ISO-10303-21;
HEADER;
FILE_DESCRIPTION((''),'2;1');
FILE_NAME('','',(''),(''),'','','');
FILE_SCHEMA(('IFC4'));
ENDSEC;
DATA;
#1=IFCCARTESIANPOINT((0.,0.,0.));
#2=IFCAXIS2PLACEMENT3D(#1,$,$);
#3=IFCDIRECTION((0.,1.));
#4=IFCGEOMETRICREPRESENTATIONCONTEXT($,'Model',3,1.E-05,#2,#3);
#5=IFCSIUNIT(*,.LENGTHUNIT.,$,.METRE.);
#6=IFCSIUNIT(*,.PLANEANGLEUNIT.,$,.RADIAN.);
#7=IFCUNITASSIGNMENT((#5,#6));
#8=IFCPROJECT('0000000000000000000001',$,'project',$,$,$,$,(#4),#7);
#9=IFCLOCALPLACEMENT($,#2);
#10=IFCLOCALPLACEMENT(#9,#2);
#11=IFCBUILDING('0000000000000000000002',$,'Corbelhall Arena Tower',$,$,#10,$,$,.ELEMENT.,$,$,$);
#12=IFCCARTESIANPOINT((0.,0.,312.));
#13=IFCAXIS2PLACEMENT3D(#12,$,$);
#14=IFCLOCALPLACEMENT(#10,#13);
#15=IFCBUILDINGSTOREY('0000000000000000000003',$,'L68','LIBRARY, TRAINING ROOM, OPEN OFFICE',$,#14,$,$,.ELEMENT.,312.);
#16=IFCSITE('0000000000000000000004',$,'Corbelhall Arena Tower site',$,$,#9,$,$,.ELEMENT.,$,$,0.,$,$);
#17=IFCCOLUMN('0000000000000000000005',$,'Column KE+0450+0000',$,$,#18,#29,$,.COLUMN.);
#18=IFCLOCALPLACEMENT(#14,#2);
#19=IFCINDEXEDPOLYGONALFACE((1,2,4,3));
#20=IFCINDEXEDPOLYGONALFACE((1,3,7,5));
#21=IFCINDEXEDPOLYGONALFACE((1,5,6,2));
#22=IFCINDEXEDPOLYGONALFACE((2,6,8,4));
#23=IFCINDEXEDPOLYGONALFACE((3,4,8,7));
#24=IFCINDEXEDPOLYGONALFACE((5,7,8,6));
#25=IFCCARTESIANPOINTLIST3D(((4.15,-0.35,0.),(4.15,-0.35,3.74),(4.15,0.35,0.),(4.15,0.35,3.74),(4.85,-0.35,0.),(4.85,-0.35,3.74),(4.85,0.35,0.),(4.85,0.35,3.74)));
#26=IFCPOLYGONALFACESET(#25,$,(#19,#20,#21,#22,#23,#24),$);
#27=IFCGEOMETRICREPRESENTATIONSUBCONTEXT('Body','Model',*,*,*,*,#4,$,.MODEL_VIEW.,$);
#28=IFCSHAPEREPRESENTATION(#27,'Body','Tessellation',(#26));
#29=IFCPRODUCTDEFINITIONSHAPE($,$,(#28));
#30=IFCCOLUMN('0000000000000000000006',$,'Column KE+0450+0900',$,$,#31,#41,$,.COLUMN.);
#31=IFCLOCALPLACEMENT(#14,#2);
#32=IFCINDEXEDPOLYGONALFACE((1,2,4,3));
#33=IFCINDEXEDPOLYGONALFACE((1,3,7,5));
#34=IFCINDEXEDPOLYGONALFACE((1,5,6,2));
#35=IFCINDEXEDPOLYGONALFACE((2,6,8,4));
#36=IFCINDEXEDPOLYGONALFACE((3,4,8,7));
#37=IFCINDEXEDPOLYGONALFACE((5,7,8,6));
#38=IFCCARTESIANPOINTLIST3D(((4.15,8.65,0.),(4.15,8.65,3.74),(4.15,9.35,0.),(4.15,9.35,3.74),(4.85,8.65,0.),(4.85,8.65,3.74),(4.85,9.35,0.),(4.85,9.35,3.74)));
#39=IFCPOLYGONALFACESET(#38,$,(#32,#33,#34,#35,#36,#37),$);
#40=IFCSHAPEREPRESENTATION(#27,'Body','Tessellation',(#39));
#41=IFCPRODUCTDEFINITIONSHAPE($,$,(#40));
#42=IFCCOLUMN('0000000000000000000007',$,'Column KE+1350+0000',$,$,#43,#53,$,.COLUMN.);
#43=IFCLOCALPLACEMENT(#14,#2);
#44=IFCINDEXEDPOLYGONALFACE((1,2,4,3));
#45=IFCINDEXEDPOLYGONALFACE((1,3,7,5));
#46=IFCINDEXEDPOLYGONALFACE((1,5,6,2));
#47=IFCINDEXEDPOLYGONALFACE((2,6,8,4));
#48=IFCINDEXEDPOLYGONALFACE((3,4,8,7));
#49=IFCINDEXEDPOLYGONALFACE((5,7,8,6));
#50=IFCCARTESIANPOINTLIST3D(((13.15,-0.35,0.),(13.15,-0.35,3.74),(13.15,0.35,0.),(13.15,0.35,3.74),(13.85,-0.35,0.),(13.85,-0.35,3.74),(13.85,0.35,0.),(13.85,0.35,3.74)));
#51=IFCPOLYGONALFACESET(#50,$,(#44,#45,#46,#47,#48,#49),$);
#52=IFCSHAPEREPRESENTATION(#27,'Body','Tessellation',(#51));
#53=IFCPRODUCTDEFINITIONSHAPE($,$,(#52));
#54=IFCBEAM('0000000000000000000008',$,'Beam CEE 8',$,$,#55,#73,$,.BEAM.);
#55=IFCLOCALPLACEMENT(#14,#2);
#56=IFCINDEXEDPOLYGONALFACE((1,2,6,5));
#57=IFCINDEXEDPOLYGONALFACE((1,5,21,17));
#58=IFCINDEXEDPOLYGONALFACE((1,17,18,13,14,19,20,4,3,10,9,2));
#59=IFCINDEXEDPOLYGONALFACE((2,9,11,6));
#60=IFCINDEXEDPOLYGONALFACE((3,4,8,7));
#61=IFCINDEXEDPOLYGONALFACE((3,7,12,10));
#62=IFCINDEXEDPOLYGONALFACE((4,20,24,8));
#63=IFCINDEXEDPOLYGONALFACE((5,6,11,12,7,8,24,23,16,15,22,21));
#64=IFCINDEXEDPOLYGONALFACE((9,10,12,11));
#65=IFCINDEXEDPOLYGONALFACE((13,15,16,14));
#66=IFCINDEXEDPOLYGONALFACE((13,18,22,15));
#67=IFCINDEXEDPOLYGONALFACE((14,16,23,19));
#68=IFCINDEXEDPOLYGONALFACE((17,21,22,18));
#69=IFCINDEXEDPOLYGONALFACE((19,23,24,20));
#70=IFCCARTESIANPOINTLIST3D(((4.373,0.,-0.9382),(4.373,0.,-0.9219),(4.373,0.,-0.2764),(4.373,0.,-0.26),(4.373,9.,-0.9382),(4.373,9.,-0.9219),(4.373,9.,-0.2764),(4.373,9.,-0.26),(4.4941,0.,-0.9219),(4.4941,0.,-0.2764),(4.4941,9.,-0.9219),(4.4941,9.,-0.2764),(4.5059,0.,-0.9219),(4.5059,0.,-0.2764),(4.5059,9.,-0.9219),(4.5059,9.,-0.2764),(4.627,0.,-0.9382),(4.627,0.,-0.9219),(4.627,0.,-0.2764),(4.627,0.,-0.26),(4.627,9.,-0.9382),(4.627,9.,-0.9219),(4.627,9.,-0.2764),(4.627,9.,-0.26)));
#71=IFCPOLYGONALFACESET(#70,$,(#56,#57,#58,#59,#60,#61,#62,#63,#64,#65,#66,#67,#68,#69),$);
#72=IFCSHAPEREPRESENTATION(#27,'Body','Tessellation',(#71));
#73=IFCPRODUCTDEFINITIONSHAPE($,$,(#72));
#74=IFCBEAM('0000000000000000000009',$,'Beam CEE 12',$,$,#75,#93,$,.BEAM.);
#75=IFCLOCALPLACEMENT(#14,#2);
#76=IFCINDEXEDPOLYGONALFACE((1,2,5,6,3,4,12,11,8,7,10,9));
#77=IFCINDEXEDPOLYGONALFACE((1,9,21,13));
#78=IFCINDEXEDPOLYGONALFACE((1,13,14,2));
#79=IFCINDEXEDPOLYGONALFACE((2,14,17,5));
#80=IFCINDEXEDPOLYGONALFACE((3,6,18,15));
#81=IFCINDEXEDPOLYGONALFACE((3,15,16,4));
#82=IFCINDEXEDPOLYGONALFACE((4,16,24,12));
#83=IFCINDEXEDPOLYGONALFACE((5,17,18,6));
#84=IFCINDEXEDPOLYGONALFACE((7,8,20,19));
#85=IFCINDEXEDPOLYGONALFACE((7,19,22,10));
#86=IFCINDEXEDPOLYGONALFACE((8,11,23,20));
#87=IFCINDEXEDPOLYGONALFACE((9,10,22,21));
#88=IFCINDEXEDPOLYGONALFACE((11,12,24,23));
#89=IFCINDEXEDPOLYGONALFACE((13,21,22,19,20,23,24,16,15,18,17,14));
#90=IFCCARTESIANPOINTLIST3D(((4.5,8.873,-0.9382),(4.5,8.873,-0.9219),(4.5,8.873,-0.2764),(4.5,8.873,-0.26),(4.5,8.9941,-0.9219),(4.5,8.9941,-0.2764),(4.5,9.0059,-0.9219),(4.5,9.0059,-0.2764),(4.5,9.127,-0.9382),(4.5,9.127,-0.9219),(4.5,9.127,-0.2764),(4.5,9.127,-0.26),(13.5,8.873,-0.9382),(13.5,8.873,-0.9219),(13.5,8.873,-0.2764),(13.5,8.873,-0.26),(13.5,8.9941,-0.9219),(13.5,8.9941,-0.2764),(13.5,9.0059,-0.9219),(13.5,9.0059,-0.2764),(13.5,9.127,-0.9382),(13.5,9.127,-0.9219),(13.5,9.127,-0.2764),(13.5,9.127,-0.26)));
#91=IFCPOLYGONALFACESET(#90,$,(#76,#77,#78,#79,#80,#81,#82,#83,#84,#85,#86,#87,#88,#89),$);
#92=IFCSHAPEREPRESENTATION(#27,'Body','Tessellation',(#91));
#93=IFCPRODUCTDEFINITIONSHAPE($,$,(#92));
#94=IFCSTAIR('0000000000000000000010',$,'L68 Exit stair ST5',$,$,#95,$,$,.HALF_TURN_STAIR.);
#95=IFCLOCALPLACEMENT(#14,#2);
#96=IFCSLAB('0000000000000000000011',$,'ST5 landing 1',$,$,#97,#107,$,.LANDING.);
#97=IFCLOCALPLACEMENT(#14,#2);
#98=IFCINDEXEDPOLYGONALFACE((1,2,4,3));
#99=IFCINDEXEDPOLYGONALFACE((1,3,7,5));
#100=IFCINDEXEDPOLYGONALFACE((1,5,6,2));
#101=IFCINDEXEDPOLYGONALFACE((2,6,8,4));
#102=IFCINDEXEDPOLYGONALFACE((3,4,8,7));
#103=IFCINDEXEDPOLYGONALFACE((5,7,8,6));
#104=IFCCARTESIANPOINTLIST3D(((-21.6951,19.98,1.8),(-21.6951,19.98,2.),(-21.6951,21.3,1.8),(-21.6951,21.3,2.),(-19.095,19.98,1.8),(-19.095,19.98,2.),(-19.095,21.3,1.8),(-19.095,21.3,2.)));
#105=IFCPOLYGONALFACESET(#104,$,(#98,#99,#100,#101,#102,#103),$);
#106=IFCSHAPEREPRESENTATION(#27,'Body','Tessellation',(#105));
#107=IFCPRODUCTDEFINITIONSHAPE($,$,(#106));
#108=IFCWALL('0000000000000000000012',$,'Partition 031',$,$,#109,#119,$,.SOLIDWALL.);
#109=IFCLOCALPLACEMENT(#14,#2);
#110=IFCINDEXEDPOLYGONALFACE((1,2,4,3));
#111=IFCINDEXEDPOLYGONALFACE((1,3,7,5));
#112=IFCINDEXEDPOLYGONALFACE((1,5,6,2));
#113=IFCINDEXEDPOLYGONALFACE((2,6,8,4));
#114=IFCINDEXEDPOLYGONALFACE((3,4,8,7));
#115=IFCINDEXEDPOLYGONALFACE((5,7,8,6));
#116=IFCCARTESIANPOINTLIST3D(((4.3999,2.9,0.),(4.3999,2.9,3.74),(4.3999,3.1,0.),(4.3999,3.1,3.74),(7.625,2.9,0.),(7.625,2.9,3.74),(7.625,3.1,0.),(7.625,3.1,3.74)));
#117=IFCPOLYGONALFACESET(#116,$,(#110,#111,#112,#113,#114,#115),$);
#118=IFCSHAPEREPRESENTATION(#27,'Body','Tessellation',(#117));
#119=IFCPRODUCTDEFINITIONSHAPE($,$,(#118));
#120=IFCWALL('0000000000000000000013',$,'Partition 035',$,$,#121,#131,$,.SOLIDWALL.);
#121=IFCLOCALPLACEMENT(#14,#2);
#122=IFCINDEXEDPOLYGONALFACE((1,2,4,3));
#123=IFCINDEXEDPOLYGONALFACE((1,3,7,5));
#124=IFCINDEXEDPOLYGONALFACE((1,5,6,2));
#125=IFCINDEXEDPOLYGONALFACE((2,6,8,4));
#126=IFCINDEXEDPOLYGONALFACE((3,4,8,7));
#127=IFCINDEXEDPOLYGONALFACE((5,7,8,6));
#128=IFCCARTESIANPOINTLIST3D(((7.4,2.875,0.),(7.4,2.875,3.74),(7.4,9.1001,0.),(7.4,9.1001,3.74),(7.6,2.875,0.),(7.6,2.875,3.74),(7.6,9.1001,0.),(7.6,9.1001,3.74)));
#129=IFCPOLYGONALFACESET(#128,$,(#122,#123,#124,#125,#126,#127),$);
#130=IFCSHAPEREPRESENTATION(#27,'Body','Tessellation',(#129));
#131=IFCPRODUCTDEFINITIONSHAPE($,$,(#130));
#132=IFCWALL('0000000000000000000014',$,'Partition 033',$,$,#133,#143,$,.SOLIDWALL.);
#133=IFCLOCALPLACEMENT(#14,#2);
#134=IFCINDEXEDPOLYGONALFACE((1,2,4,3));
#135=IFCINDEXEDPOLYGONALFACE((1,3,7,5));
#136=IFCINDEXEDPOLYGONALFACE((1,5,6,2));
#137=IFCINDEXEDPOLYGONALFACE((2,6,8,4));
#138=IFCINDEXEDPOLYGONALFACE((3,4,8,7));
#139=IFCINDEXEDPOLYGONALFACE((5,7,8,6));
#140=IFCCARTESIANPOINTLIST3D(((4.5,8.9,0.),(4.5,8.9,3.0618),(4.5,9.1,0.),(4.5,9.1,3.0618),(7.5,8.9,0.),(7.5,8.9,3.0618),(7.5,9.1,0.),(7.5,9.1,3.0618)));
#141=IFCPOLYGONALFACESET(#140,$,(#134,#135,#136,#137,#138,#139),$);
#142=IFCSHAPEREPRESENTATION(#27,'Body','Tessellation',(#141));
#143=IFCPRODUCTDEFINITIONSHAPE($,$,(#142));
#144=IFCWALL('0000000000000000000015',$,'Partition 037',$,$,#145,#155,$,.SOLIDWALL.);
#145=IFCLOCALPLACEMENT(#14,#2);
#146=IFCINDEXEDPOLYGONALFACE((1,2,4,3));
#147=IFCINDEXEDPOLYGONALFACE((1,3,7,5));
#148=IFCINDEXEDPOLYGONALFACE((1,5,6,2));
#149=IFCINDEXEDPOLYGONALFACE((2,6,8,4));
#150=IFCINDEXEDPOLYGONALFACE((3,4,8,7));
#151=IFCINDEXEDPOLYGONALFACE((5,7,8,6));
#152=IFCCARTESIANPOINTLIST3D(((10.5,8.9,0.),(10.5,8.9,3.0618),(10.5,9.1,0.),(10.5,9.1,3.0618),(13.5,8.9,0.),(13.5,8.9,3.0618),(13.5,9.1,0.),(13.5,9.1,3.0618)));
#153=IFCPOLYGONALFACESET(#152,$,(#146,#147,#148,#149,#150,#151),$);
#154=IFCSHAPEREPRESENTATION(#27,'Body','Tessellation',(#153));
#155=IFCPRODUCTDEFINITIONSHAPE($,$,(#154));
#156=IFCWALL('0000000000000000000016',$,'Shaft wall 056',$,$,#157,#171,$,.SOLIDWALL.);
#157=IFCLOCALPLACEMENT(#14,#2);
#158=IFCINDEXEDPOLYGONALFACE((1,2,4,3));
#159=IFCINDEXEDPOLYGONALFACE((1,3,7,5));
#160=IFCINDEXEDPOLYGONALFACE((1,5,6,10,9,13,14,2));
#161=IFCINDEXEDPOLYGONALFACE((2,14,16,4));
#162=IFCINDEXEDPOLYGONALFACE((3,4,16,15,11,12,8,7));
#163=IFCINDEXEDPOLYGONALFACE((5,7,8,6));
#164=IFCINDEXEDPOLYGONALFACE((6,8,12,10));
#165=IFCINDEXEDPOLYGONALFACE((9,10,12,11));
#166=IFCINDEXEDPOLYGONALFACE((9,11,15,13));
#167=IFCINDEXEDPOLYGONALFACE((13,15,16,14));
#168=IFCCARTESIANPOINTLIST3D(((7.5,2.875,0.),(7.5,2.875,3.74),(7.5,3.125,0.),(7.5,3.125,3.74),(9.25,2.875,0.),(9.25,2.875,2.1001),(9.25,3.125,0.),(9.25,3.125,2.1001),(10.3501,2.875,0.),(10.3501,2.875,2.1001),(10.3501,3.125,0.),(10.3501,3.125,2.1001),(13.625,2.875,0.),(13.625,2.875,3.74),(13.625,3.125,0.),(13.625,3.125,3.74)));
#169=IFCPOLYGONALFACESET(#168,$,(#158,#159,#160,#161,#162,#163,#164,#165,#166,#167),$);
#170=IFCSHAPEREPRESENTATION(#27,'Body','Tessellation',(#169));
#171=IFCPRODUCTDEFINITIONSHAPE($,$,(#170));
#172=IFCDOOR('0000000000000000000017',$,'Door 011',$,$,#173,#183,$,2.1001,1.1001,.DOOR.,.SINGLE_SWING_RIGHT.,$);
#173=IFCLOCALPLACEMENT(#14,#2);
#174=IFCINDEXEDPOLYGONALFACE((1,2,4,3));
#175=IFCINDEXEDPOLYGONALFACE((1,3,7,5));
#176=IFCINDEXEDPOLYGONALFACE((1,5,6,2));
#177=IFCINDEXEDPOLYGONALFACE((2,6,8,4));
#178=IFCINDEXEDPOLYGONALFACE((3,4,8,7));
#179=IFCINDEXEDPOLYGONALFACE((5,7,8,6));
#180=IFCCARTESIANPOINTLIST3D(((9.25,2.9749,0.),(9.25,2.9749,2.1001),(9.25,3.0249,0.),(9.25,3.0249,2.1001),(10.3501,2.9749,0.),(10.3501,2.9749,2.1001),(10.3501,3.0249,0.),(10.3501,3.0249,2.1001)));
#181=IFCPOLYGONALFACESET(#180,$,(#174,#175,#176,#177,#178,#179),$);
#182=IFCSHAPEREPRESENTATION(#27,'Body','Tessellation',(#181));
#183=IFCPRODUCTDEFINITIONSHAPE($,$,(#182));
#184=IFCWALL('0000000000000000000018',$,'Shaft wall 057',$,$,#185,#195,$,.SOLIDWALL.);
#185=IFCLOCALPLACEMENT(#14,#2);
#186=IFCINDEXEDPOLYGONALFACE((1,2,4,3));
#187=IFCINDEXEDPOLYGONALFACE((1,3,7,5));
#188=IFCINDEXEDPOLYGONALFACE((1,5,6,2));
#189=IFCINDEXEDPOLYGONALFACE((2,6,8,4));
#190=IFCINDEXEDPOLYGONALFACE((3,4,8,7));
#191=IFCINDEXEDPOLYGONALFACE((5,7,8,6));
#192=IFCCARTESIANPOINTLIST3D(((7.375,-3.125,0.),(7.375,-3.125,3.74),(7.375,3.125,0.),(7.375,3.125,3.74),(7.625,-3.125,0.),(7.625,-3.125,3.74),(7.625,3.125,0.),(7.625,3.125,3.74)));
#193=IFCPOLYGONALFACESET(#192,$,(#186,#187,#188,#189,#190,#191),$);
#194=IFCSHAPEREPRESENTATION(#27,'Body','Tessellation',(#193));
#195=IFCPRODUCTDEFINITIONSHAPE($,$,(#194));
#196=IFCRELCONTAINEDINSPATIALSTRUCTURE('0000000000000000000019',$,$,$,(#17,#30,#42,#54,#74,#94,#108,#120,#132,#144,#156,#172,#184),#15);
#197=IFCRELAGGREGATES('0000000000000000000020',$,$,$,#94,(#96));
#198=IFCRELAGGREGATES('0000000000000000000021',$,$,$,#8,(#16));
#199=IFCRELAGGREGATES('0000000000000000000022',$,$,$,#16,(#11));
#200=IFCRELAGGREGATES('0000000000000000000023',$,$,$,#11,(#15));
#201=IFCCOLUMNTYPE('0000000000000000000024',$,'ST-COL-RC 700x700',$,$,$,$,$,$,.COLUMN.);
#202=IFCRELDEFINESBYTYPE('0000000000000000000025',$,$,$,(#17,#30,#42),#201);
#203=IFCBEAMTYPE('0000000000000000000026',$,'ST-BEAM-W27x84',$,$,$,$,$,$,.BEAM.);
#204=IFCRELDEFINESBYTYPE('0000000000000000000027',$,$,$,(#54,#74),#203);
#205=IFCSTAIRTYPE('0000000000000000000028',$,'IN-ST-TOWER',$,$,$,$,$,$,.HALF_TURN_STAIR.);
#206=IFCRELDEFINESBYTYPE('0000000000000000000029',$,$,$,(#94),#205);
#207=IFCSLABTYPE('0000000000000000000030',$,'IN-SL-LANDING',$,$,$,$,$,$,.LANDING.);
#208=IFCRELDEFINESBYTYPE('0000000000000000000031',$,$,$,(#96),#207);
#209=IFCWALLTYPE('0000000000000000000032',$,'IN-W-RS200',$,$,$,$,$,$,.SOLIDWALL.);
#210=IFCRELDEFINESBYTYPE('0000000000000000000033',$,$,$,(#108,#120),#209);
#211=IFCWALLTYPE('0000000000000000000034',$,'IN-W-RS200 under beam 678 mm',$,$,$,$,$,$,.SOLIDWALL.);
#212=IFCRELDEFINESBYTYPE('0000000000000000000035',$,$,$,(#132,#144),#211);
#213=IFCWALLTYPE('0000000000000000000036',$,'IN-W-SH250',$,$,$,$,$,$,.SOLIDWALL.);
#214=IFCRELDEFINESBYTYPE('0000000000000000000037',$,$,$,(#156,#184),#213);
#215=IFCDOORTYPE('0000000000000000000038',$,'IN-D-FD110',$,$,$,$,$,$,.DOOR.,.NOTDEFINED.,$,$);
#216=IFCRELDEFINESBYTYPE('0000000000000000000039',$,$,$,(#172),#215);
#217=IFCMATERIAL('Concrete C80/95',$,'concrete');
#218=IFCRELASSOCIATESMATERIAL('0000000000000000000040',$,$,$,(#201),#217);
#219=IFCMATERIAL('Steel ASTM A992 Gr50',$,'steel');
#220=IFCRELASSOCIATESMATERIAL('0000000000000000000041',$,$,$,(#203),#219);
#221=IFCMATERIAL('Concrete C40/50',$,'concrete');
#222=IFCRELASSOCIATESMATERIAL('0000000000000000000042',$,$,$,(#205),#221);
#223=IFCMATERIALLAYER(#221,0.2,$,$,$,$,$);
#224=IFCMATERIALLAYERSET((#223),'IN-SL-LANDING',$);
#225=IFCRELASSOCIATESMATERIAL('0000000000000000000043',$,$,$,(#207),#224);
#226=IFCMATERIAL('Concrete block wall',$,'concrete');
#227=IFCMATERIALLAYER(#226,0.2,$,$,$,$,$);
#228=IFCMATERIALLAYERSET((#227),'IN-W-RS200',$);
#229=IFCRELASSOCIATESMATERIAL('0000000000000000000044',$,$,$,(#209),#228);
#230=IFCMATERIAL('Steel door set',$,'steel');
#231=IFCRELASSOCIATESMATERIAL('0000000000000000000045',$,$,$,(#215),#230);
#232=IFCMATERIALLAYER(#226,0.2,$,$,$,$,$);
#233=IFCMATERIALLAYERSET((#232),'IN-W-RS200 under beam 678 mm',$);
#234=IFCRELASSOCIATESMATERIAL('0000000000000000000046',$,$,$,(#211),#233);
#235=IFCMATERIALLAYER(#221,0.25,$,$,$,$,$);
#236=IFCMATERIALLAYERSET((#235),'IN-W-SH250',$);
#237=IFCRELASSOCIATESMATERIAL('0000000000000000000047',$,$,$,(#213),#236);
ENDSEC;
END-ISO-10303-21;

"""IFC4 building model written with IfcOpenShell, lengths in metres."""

from ifc_helpers import new_model, si_unit, direction, frame, frame_2d, origin, origin_2d, place, context, subcontext, project, spatial, polyline, rectangle, i_section, outline, extrude, material, layer, layer_set, material_profile, profile_set, type_object, element, fill, aggregate, save


model = new_model("IFC4")

# Units and contexts
model_context = context("Model", 3, precision=1e-05, world=origin(), true_north=direction((0.0, 1.0)))
body_context = subcontext(model_context, "Body", "Model", "MODEL_VIEW")
ifc_project = project(units=[si_unit("LENGTHUNIT", "METRE"), si_unit("PLANEANGLEUNIT", "RADIAN")], contexts=[model_context])

# Site, building, storey
site_placement = place(None, origin())
site = spatial("IfcSite", under=ifc_project, at=site_placement, Name="Corbelhall Arena Tower site", CompositionType="ELEMENT", RefElevation=0.0)
building_placement = place(site_placement, origin())
building = spatial("IfcBuilding", under=site, at=building_placement, Name="Corbelhall Arena Tower", CompositionType="ELEMENT")
storey_placement = place(building_placement, frame((0.0, 0.0, 312.0)))
storey = spatial("IfcBuildingStorey", under=building, at=storey_placement, Name="L68", Description="LIBRARY, TRAINING ROOM, OPEN OFFICE", CompositionType="ELEMENT", Elevation=312.0)

# Columns
ifc_material_1 = material(Name="Concrete C80/95", Category="concrete")
ifc_material_profile_1 = material_profile(ifc_material_1, rectangle(XDim=0.7, YDim=0.7, at=origin_2d()))
ifc_profile_set_1 = profile_set([ifc_material_profile_1], Name="Concrete C80/95")
column_type = type_object("IfcColumnType", Name="ST-COL-RC 700x700", PredefinedType="COLUMN", material=ifc_profile_set_1)
for number, where, z_axis, x_axis, name in (
    (1, (4.5, 0.0, 0.0), (0.0, 0.0, 1.0), (1.0, 0.0, 0.0), "Column KE+0450+0000"),
    (2, (4.5, 9.0, 0.0), (0.0, 0.0, 1.0), (1.0, 0.0, 0.0), "Column KE+0450+0900"),
    (3, (13.5, 0.0, 0.0), (0.0, 0.0, 1.0), (1.0, 0.0, 0.0), "Column KE+1350+0000"),
):
    element("IfcColumn", number, at=place(storey_placement, frame(where, z_axis=z_axis, x_axis=x_axis)), inside=storey, type_object=column_type, Name=name, PredefinedType="COLUMN", context=body_context, shape_type="SweptSolid", body=[
        extrude(rectangle(XDim=0.7, YDim=0.7, at=origin_2d()), origin(), (0.0, 0.0, 1.0), 3.74),
    ])

# Beams
ifc_material_2 = material(Name="Steel ASTM A992 Gr50", Category="steel")
ifc_material_profile_2 = material_profile(ifc_material_2, i_section(OverallWidth=0.2539, OverallDepth=0.6782, WebThickness=0.0117, FlangeThickness=0.0164, at=origin_2d()))
ifc_profile_set_2 = profile_set([ifc_material_profile_2], Name="Steel ASTM A992 Gr50")
beam_type = type_object("IfcBeamType", Name="ST-BEAM-W27x84", PredefinedType="BEAM", material=ifc_profile_set_2)
for number, where, z_axis, x_axis, name in (
    (4, (4.5, 0.0, -0.5991), (0.0, 1.0, 0.0), (-1.0, 0.0, 0.0), "Beam CEE 8"),
    (5, (4.5, 9.0, -0.5991), (1.0, 0.0, 0.0), (0.0, 1.0, 0.0), "Beam CEE 12"),
):
    element("IfcBeam", number, at=place(storey_placement, frame(where, z_axis=z_axis, x_axis=x_axis)), inside=storey, type_object=beam_type, Name=name, PredefinedType="BEAM", context=body_context, shape_type="SweptSolid", body=[
        extrude(i_section(OverallWidth=0.2539, OverallDepth=0.6782, WebThickness=0.0117, FlangeThickness=0.0164, at=origin_2d()), origin(), (0.0, 0.0, 1.0), 9.0),
    ])

# Stair, slab
ifc_material_3 = material(Name="Concrete C40/50", Category="concrete")
stair_type = type_object("IfcStairType", Name="IN-ST-TOWER", PredefinedType="HALF_TURN_STAIR", material=ifc_material_3)
stair_1_placement = place(storey_placement, origin())
stair_1 = element("IfcStair", 6, at=stair_1_placement, inside=storey, type_object=stair_type, Name="L68 Exit stair ST5", PredefinedType="HALF_TURN_STAIR")
ifc_layer_1 = layer(ifc_material_3, 0.2)
ifc_layer_set_1 = layer_set([ifc_layer_1], Name="IN-SL-LANDING")
slab_type = type_object("IfcSlabType", Name="IN-SL-LANDING", PredefinedType="LANDING", material=ifc_layer_set_1)
slab_placement = place(storey_placement, frame((0.0, 0.0, 1.8)))
slab = element("IfcSlab", 7, at=slab_placement, type_object=slab_type, Name="ST5 landing 1", PredefinedType="LANDING", context=body_context, shape_type="SweptSolid", body=[
    extrude(outline(polyline([(-19.095, 19.98), (-19.095, 21.3), (-21.6951, 21.3), (-21.6951, 19.98), (-19.095, 19.98)])), origin(), (0.0, 0.0, 1.0), 0.2),
])
aggregate(stair_1, [slab])

# Walls
ifc_material_4 = material(Name="Concrete block wall", Category="concrete")
ifc_layer_2 = layer(ifc_material_4, 0.2)
ifc_layer_set_2 = layer_set([ifc_layer_2], Name="IN-W-RS200")
wall_type_1 = type_object("IfcWallType", Name="IN-W-RS200", PredefinedType="SOLIDWALL", material=ifc_layer_set_2)
wall_1_placement = place(storey_placement, frame((4.3999, 3.0, 0.0), z_axis=(0.0, 0.0, 1.0), x_axis=(1.0, 0.0, 0.0)))
element("IfcWall", 8, at=wall_1_placement, inside=storey, type_object=wall_type_1, Name="Partition 031", PredefinedType="SOLIDWALL", context=body_context, shape_type="SweptSolid", body=[
    extrude(rectangle(XDim=3.2251, YDim=0.2, at=frame_2d((1.6125, 0.0))), origin(), (0.0, 0.0, 1.0), 3.74),
])
wall_2_placement = place(storey_placement, frame((7.5, 9.1001, 0.0), z_axis=(0.0, 0.0, 1.0), x_axis=(0.0, -1.0, 0.0)))
element("IfcWall", 9, at=wall_2_placement, inside=storey, type_object=wall_type_1, Name="Partition 035", PredefinedType="SOLIDWALL", context=body_context, shape_type="SweptSolid", body=[
    extrude(rectangle(XDim=6.2251, YDim=0.2, at=frame_2d((3.1125, 0.0))), origin(), (0.0, 0.0, 1.0), 3.74),
])

# Shared definitions
ifc_material_5 = material(Name="Steel door set", Category="steel")
door_type_1 = type_object("IfcDoorType", Name="IN-D-FD110", OperationType="NOTDEFINED", PredefinedType="DOOR", material=ifc_material_5)

# Walls
ifc_layer_3 = layer(ifc_material_4, 0.2)
ifc_layer_set_3 = layer_set([ifc_layer_3], Name="IN-W-RS200 under beam 678 mm")
wall_type_2 = type_object("IfcWallType", Name="IN-W-RS200 under beam 678 mm", PredefinedType="SOLIDWALL", material=ifc_layer_set_3)
for number, where, z_axis, x_axis, name in (
    (10, (4.5, 9.0, 0.0), (0.0, 0.0, 1.0), (1.0, 0.0, 0.0), "Partition 033"),
    (11, (10.5, 9.0, 0.0), (0.0, 0.0, 1.0), (1.0, 0.0, 0.0), "Partition 037"),
):
    element("IfcWall", number, at=place(storey_placement, frame(where, z_axis=z_axis, x_axis=x_axis)), inside=storey, type_object=wall_type_2, Name=name, PredefinedType="SOLIDWALL", context=body_context, shape_type="SweptSolid", body=[
        extrude(rectangle(XDim=3.0, YDim=0.2, at=frame_2d((1.5, 0.0))), origin(), (0.0, 0.0, 1.0), 3.0618),
    ])

# Wall, opening, door
ifc_layer_4 = layer(ifc_material_3, 0.25)
ifc_layer_set_4 = layer_set([ifc_layer_4], Name="IN-W-SH250")
wall_type_3 = type_object("IfcWallType", Name="IN-W-SH250", PredefinedType="SOLIDWALL", material=ifc_layer_set_4)
wall_3_placement = place(storey_placement, frame((7.5, 3.0, 0.0), z_axis=(0.0, 0.0, 1.0), x_axis=(1.0, 0.0, 0.0)))
wall_3 = element("IfcWall", 12, at=wall_3_placement, inside=storey, type_object=wall_type_3, Name="Shaft wall 056", PredefinedType="SOLIDWALL", context=body_context, shape_type="SweptSolid", body=[
    extrude(rectangle(XDim=6.125, YDim=0.25, at=frame_2d((3.0625, 0.0))), origin(), (0.0, 0.0, 1.0), 3.74),
])
opening_1_placement = place(wall_3_placement, frame((1.75, 0.0, 0.0)))
opening_1 = element("IfcOpeningElement", 13, at=opening_1_placement, cuts=wall_3, PredefinedType="OPENING", context=body_context, shape_type="SweptSolid", body=[
    extrude(rectangle(XDim=1.1001, YDim=2.1001, at=frame_2d((0.55, 1.05))), frame((0.0, 0.125, 0.0), z_axis=(0.0, -1.0, 0.0), x_axis=(1.0, 0.0, 0.0)), (0.0, 0.0, 1.0), 0.25),
])
door_1_placement = place(opening_1_placement, origin())
door_1 = element("IfcDoor", 14, at=door_1_placement, inside=storey, type_object=door_type_1, Name="Door 011", OperationType="SINGLE_SWING_RIGHT", OverallHeight=2.1001, OverallWidth=1.1001, PredefinedType="DOOR", context=body_context, shape_type="SweptSolid", body=[
    extrude(rectangle(XDim=1.1001, YDim=2.1001, at=frame_2d((0.55, 1.05))), frame((0.0, 0.0249, 0.0), z_axis=(0.0, -1.0, 0.0), x_axis=(1.0, 0.0, 0.0)), (0.0, 0.0, 1.0), 0.05),
])
fill(opening_1, door_1)

# Wall
wall_4_placement = place(storey_placement, frame((7.5, 3.125, 0.0), z_axis=(0.0, 0.0, 1.0), x_axis=(0.0, -1.0, 0.0)))
element("IfcWall", 15, at=wall_4_placement, inside=storey, type_object=wall_type_3, Name="Shaft wall 057", PredefinedType="SOLIDWALL", context=body_context, shape_type="SweptSolid", body=[
    extrude(rectangle(XDim=6.25, YDim=0.25, at=frame_2d((3.125, 0.0))), origin(), (0.0, 0.0, 1.0), 3.74),
])

save(model, "model.ifc")
